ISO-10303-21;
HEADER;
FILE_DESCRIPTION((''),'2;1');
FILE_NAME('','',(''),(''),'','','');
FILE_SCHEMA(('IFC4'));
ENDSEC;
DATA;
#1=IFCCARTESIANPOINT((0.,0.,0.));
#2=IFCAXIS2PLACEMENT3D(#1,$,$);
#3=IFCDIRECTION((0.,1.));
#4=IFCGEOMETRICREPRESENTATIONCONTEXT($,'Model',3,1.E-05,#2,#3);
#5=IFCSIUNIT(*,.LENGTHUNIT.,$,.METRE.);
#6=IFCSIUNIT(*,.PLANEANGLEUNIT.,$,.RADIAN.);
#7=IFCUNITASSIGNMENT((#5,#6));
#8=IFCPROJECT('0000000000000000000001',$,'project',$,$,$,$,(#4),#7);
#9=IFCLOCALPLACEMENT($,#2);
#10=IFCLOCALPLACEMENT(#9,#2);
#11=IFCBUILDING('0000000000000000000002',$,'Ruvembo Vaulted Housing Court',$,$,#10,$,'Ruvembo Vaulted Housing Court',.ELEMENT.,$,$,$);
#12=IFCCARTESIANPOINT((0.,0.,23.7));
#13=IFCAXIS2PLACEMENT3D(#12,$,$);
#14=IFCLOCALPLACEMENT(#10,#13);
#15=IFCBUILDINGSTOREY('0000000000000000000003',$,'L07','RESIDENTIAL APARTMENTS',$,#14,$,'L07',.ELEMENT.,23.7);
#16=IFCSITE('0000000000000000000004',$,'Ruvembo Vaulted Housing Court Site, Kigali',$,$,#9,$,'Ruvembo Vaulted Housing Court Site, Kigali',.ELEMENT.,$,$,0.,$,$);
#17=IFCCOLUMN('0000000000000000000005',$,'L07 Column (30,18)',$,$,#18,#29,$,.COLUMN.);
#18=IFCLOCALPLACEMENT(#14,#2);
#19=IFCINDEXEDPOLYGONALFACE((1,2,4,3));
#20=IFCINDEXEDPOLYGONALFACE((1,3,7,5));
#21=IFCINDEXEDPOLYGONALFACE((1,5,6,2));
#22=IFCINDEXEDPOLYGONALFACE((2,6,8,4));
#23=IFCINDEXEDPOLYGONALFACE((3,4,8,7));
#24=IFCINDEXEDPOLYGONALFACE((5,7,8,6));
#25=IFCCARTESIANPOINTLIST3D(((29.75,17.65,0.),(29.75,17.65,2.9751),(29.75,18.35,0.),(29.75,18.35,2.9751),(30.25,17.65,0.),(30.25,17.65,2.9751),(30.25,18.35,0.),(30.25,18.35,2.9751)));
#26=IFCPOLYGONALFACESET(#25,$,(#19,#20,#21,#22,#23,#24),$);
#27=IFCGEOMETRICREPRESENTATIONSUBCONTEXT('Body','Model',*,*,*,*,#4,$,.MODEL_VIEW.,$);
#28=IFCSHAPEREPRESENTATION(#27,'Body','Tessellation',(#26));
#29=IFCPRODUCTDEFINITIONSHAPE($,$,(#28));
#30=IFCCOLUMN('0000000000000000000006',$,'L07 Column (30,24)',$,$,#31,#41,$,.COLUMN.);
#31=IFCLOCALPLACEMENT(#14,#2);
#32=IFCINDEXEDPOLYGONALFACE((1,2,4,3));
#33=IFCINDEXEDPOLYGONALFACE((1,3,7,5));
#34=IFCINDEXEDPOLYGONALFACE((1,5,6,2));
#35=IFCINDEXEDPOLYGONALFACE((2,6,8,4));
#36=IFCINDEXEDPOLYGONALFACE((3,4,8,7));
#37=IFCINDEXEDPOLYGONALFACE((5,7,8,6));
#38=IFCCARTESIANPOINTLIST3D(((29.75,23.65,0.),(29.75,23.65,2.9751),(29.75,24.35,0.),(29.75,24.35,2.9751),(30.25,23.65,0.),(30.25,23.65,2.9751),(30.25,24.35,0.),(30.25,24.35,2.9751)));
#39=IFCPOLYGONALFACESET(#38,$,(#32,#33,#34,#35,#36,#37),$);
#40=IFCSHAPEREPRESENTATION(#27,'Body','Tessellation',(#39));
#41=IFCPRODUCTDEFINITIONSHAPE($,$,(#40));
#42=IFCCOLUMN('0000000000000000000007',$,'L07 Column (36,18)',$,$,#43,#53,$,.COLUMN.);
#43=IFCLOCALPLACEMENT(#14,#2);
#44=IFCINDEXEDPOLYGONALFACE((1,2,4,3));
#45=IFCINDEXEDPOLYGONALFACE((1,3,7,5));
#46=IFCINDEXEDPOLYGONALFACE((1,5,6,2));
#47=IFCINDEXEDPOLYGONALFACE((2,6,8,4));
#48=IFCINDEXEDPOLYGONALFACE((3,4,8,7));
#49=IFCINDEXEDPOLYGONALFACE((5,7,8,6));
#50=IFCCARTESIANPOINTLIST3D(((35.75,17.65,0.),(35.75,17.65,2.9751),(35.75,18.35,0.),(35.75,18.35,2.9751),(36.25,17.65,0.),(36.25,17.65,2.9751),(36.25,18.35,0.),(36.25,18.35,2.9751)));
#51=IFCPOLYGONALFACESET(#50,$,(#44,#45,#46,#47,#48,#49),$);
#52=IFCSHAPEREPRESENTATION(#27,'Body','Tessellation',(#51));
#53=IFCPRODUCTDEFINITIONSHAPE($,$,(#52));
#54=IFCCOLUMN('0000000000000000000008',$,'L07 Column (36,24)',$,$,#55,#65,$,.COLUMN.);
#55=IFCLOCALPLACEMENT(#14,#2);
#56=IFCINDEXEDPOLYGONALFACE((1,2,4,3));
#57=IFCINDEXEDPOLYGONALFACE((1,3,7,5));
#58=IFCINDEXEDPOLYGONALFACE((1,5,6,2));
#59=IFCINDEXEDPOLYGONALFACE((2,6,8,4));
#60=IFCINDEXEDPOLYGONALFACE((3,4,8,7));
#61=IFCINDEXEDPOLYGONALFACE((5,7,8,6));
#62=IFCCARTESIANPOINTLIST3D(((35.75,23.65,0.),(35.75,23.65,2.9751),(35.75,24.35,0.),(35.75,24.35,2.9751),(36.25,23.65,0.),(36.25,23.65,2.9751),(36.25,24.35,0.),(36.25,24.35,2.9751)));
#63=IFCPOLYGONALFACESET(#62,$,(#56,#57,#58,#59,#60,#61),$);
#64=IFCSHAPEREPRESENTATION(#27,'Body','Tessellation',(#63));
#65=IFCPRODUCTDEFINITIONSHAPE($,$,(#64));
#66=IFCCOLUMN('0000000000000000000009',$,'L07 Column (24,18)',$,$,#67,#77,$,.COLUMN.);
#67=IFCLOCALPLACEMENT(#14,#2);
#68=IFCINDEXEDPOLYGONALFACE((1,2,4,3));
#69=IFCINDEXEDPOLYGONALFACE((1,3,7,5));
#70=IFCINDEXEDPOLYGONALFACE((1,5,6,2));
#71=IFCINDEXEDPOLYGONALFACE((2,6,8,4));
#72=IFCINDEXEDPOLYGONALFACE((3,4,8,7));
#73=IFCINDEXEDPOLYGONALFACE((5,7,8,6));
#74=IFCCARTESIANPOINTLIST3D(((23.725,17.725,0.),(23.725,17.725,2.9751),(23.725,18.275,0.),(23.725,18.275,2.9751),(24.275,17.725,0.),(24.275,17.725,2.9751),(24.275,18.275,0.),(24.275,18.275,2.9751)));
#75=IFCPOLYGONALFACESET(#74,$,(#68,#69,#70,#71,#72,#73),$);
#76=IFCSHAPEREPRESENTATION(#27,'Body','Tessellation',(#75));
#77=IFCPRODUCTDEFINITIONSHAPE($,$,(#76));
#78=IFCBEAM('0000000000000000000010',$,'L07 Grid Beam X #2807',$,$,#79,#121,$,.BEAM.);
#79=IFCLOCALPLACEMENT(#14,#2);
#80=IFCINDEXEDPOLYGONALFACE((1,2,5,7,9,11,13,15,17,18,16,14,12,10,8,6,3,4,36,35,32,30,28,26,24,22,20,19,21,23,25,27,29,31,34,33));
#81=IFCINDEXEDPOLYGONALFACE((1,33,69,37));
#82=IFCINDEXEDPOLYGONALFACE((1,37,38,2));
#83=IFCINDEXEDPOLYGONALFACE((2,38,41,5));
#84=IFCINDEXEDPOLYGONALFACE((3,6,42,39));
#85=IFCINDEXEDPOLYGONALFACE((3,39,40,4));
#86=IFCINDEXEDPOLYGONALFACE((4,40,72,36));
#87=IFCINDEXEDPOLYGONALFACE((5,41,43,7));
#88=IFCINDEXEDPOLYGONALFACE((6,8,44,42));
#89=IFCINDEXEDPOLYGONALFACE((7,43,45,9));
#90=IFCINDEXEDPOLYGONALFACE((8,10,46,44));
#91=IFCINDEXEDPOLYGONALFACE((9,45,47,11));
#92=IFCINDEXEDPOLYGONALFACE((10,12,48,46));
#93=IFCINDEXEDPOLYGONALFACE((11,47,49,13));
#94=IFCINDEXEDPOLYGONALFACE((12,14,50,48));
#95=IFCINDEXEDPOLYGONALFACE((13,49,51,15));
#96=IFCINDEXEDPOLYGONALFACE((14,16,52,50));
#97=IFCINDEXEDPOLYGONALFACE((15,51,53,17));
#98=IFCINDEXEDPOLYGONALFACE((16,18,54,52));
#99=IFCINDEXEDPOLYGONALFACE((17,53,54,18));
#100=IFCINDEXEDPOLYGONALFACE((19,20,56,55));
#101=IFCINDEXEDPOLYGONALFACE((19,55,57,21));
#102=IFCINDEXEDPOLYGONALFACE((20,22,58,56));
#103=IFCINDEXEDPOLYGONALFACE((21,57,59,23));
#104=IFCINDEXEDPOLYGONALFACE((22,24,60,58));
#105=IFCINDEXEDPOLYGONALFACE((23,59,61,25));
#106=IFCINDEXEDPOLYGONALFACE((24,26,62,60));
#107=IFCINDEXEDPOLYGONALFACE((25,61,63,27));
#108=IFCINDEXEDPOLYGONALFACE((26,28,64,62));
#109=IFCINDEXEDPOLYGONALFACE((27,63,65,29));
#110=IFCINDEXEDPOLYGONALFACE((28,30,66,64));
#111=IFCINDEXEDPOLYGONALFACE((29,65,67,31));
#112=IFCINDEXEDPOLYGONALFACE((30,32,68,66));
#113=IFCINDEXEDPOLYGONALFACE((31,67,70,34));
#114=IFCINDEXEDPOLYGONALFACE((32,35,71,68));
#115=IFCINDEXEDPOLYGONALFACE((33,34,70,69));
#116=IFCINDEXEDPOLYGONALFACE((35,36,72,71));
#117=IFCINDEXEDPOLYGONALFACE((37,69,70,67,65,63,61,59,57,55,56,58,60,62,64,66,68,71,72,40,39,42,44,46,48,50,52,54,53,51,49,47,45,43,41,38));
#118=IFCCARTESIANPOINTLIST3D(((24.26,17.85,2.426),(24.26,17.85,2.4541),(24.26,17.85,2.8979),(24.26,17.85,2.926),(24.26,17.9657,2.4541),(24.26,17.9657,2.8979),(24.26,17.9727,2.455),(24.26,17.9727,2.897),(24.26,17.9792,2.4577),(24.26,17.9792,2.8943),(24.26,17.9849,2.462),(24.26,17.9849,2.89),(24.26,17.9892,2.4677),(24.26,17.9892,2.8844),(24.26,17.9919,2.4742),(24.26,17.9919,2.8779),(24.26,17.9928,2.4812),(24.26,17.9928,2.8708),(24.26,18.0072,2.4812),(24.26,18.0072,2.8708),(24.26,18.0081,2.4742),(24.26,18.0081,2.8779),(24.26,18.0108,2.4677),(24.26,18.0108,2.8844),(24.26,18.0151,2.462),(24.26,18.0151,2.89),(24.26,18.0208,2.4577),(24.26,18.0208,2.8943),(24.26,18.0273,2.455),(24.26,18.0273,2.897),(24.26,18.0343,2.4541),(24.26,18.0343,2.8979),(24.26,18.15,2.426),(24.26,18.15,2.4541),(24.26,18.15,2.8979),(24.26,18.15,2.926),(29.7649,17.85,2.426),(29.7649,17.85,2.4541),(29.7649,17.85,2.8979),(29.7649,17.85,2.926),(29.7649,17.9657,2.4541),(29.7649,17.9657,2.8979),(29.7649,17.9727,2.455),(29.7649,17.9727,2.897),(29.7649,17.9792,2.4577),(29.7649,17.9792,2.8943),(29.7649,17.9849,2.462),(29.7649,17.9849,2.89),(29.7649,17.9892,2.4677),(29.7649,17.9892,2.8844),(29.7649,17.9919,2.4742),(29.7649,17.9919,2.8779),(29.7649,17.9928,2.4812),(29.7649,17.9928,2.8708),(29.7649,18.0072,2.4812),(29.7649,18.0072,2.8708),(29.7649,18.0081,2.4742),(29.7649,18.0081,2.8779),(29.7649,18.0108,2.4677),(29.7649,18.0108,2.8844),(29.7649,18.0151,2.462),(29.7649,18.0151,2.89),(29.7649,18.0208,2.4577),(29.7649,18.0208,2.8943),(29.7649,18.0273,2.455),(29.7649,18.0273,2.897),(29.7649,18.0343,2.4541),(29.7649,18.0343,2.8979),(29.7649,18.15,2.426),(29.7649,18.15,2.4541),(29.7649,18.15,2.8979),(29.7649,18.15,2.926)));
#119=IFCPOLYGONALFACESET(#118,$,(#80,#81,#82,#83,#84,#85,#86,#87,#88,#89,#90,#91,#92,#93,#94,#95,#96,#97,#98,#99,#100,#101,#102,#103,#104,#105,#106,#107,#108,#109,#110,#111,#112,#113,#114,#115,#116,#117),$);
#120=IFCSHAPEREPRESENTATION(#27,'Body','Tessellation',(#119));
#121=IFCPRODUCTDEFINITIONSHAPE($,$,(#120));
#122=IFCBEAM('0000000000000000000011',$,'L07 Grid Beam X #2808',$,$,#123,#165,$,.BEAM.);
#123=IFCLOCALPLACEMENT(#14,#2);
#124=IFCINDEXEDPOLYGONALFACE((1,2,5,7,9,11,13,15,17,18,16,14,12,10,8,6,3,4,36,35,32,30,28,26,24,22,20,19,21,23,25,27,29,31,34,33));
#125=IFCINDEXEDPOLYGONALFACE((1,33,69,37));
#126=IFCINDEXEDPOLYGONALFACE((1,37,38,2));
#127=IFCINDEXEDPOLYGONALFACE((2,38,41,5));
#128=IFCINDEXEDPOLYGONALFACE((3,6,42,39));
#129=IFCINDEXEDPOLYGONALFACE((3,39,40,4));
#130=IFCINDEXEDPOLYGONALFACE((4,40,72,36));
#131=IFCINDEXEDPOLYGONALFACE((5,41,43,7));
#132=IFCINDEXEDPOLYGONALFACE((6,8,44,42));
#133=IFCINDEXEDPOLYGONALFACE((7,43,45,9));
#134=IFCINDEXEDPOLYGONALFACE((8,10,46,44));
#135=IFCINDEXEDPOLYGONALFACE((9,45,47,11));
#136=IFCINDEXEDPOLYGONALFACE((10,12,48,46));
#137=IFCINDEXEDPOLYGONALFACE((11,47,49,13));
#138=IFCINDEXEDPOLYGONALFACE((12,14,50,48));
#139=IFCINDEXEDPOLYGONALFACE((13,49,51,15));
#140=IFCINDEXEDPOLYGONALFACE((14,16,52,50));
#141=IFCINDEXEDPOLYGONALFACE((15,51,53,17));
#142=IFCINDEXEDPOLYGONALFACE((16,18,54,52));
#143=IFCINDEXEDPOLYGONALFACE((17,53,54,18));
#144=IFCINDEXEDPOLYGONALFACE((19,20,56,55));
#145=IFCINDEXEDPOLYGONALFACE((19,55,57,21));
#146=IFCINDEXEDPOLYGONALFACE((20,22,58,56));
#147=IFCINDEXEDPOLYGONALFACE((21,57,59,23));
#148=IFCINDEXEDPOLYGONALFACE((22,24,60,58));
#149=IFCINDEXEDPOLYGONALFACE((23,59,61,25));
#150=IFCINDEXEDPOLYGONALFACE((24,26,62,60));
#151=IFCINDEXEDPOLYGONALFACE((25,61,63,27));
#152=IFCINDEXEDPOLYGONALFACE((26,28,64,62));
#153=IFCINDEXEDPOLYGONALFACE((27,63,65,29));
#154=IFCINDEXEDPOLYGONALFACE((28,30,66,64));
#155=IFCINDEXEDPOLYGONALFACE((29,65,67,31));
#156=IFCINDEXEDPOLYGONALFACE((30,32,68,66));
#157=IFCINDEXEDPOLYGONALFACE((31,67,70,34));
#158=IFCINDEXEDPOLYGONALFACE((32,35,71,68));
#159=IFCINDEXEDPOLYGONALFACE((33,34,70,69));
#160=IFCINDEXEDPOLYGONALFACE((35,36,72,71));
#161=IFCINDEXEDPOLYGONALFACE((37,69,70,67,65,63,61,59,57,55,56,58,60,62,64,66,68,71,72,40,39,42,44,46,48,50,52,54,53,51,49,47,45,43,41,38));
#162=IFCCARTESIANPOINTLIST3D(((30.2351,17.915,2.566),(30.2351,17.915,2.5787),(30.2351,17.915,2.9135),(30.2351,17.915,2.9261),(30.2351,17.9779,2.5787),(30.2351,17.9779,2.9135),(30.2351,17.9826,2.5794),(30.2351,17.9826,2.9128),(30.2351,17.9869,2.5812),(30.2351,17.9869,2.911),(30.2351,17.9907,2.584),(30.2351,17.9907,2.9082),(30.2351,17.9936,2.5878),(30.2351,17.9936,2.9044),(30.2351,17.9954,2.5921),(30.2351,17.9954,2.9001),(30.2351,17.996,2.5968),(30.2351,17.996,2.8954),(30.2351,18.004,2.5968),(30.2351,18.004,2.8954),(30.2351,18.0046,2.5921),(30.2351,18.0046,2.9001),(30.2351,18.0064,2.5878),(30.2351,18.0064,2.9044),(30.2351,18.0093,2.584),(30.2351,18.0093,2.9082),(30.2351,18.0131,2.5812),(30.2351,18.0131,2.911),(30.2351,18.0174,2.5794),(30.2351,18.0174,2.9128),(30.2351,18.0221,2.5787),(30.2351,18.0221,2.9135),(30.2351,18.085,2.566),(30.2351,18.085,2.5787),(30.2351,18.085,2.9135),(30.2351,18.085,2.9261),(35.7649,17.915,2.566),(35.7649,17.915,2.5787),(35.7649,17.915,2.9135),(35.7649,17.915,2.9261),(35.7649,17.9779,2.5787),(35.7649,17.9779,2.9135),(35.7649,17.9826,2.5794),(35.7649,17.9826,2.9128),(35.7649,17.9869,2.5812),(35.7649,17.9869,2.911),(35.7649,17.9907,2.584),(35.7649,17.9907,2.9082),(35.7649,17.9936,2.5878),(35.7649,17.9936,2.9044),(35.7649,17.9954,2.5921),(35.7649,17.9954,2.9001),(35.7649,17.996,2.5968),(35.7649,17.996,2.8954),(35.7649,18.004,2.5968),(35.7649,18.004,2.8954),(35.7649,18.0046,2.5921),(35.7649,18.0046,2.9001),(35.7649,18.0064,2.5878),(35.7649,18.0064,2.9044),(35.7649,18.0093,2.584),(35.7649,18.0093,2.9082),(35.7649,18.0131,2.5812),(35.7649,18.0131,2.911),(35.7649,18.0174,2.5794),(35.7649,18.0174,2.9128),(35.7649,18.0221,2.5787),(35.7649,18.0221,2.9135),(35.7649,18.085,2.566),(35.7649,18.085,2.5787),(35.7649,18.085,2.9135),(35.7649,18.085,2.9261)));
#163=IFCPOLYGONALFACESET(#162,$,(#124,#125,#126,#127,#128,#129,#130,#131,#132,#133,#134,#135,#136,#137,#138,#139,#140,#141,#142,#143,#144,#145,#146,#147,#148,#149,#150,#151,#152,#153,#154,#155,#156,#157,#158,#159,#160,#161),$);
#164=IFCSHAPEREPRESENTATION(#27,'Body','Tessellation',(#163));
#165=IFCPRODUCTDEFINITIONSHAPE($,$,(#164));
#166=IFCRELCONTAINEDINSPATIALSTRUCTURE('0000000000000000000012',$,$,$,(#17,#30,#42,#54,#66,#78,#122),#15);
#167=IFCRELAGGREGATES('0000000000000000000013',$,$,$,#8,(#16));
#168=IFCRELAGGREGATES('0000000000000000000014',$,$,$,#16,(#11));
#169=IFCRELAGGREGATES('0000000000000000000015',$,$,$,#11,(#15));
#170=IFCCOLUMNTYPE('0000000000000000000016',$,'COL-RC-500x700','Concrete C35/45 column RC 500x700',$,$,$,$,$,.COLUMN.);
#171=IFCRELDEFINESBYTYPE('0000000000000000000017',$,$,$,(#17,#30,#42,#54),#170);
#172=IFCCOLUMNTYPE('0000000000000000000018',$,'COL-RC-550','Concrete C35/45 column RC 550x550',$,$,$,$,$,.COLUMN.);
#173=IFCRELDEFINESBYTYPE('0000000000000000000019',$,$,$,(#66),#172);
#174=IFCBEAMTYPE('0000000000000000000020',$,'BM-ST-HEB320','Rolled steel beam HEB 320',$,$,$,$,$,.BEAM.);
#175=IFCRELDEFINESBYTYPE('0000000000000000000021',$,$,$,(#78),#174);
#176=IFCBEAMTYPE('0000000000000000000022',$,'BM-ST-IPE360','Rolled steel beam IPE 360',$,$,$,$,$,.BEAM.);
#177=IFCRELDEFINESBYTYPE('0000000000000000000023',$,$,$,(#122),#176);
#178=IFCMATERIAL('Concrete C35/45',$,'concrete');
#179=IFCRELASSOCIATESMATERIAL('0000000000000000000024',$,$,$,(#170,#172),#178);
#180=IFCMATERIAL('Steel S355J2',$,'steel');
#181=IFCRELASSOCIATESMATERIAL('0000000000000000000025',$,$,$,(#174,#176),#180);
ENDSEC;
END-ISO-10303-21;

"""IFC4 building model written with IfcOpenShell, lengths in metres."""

from ifc_helpers import new_model, si_unit, direction, frame, origin, origin_2d, place, context, subcontext, project, spatial, rectangle, i_section, extrude, material, material_profile, profile_set, type_object, element, save


model = new_model("IFC4")

# Units and contexts
model_context = context("Model", 3, precision=1e-05, world=origin(), true_north=direction((0.0, 1.0)))
body_context = subcontext(model_context, "Body", "Model", "MODEL_VIEW")
ifc_project = project(units=[si_unit("LENGTHUNIT", "METRE"), si_unit("PLANEANGLEUNIT", "RADIAN")], contexts=[model_context])

# Site, building, storey
site_placement = place(None, origin())
site = spatial("IfcSite", under=ifc_project, at=site_placement, Name="Ruvembo Vaulted Housing Court Site, Kigali", LongName="Ruvembo Vaulted Housing Court Site, Kigali", CompositionType="ELEMENT", RefElevation=0.0)
building_placement = place(site_placement, origin())
building = spatial("IfcBuilding", under=site, at=building_placement, Name="Ruvembo Vaulted Housing Court", LongName="Ruvembo Vaulted Housing Court", CompositionType="ELEMENT")
storey_placement = place(building_placement, frame((0.0, 0.0, 23.7)))
storey = spatial("IfcBuildingStorey", under=building, at=storey_placement, Name="L07", Description="RESIDENTIAL APARTMENTS", LongName="L07", CompositionType="ELEMENT", Elevation=23.7)

# Columns
ifc_material_1 = material(Name="Concrete C35/45", Category="concrete")
ifc_material_profile_1 = material_profile(ifc_material_1, rectangle(XDim=0.5, YDim=0.7, at=origin_2d()), Name="RC 500x700")
ifc_profile_set_1 = profile_set([ifc_material_profile_1], Name="Concrete C35/45")
column_type_1 = type_object("IfcColumnType", Name="COL-RC-500x700", Description="Concrete C35/45 column RC 500x700", PredefinedType="COLUMN", material=ifc_profile_set_1)
for number, where, z_axis, x_axis, name in (
    (1, (30.0, 18.0, 0.0), (0.0, 0.0, 1.0), (1.0, 0.0, 0.0), "L07 Column (30,18)"),
    (2, (30.0, 24.0, 0.0), (0.0, 0.0, 1.0), (1.0, 0.0, 0.0), "L07 Column (30,24)"),
    (3, (36.0, 18.0, 0.0), (0.0, 0.0, 1.0), (1.0, 0.0, 0.0), "L07 Column (36,18)"),
    (4, (36.0, 24.0, 0.0), (0.0, 0.0, 1.0), (1.0, 0.0, 0.0), "L07 Column (36,24)"),
):
    element("IfcColumn", number, at=place(storey_placement, frame(where, z_axis=z_axis, x_axis=x_axis)), inside=storey, type_object=column_type_1, Name=name, PredefinedType="COLUMN", context=body_context, shape_type="SweptSolid", body=[
        extrude(rectangle(XDim=0.5, YDim=0.7, at=origin_2d()), origin(), (0.0, 0.0, 1.0), 2.9751),
    ])
ifc_material_profile_2 = material_profile(ifc_material_1, rectangle(XDim=0.55, YDim=0.55, at=origin_2d()), Name="RC 550x550")
ifc_profile_set_2 = profile_set([ifc_material_profile_2], Name="Concrete C35/45")
column_type_2 = type_object("IfcColumnType", Name="COL-RC-550", Description="Concrete C35/45 column RC 550x550", PredefinedType="COLUMN", material=ifc_profile_set_2)
column_placement = place(storey_placement, frame((24.0, 18.0, 0.0), z_axis=(0.0, 0.0, 1.0), x_axis=(1.0, 0.0, 0.0)))
element("IfcColumn", 5, at=column_placement, inside=storey, type_object=column_type_2, Name="L07 Column (24,18)", PredefinedType="COLUMN", context=body_context, shape_type="SweptSolid", body=[
    extrude(rectangle(XDim=0.55, YDim=0.55, at=origin_2d()), origin(), (0.0, 0.0, 1.0), 2.9751),
])

# Beams
ifc_material_2 = material(Name="Steel S355J2", Category="steel")
ifc_material_profile_3 = material_profile(ifc_material_2, i_section(OverallWidth=0.3, OverallDepth=0.5, WebThickness=0.0144, FlangeThickness=0.0281, FilletRadius=0.0271, at=origin_2d()), Name="HEB 320")
ifc_profile_set_3 = profile_set([ifc_material_profile_3], Name="Steel S355J2")
beam_type_1 = type_object("IfcBeamType", Name="BM-ST-HEB320", Description="Rolled steel beam HEB 320", PredefinedType="BEAM", material=ifc_profile_set_3)
beam_1_placement = place(storey_placement, frame((24.26, 18.0, 2.676), z_axis=(1.0, 0.0, 0.0), x_axis=(0.0, 1.0, 0.0)))
element("IfcBeam", 6, at=beam_1_placement, inside=storey, type_object=beam_type_1, Name="L07 Grid Beam X #2807", PredefinedType="BEAM", context=body_context, shape_type="SweptSolid", body=[
    extrude(i_section(OverallWidth=0.3, OverallDepth=0.5, WebThickness=0.0144, FlangeThickness=0.0281, FilletRadius=0.0271, at=origin_2d()), origin(), (0.0, 0.0, 1.0), 5.5049),
])
ifc_material_profile_4 = material_profile(ifc_material_2, i_section(OverallWidth=0.1699, OverallDepth=0.3601, WebThickness=0.0081, FlangeThickness=0.0127, FilletRadius=0.0181, at=origin_2d()), Name="IPE 360")
ifc_profile_set_4 = profile_set([ifc_material_profile_4], Name="Steel S355J2")
beam_type_2 = type_object("IfcBeamType", Name="BM-ST-IPE360", Description="Rolled steel beam IPE 360", PredefinedType="BEAM", material=ifc_profile_set_4)
beam_2_placement = place(storey_placement, frame((30.2351, 18.0, 2.7461), z_axis=(1.0, 0.0, 0.0), x_axis=(0.0, 1.0, 0.0)))
element("IfcBeam", 7, at=beam_2_placement, inside=storey, type_object=beam_type_2, Name="L07 Grid Beam X #2808", PredefinedType="BEAM", context=body_context, shape_type="SweptSolid", body=[
    extrude(i_section(OverallWidth=0.1699, OverallDepth=0.3601, WebThickness=0.0081, FlangeThickness=0.0127, FilletRadius=0.0181, at=origin_2d()), origin(), (0.0, 0.0, 1.0), 5.5298),
])

save(model, "model.ifc")
